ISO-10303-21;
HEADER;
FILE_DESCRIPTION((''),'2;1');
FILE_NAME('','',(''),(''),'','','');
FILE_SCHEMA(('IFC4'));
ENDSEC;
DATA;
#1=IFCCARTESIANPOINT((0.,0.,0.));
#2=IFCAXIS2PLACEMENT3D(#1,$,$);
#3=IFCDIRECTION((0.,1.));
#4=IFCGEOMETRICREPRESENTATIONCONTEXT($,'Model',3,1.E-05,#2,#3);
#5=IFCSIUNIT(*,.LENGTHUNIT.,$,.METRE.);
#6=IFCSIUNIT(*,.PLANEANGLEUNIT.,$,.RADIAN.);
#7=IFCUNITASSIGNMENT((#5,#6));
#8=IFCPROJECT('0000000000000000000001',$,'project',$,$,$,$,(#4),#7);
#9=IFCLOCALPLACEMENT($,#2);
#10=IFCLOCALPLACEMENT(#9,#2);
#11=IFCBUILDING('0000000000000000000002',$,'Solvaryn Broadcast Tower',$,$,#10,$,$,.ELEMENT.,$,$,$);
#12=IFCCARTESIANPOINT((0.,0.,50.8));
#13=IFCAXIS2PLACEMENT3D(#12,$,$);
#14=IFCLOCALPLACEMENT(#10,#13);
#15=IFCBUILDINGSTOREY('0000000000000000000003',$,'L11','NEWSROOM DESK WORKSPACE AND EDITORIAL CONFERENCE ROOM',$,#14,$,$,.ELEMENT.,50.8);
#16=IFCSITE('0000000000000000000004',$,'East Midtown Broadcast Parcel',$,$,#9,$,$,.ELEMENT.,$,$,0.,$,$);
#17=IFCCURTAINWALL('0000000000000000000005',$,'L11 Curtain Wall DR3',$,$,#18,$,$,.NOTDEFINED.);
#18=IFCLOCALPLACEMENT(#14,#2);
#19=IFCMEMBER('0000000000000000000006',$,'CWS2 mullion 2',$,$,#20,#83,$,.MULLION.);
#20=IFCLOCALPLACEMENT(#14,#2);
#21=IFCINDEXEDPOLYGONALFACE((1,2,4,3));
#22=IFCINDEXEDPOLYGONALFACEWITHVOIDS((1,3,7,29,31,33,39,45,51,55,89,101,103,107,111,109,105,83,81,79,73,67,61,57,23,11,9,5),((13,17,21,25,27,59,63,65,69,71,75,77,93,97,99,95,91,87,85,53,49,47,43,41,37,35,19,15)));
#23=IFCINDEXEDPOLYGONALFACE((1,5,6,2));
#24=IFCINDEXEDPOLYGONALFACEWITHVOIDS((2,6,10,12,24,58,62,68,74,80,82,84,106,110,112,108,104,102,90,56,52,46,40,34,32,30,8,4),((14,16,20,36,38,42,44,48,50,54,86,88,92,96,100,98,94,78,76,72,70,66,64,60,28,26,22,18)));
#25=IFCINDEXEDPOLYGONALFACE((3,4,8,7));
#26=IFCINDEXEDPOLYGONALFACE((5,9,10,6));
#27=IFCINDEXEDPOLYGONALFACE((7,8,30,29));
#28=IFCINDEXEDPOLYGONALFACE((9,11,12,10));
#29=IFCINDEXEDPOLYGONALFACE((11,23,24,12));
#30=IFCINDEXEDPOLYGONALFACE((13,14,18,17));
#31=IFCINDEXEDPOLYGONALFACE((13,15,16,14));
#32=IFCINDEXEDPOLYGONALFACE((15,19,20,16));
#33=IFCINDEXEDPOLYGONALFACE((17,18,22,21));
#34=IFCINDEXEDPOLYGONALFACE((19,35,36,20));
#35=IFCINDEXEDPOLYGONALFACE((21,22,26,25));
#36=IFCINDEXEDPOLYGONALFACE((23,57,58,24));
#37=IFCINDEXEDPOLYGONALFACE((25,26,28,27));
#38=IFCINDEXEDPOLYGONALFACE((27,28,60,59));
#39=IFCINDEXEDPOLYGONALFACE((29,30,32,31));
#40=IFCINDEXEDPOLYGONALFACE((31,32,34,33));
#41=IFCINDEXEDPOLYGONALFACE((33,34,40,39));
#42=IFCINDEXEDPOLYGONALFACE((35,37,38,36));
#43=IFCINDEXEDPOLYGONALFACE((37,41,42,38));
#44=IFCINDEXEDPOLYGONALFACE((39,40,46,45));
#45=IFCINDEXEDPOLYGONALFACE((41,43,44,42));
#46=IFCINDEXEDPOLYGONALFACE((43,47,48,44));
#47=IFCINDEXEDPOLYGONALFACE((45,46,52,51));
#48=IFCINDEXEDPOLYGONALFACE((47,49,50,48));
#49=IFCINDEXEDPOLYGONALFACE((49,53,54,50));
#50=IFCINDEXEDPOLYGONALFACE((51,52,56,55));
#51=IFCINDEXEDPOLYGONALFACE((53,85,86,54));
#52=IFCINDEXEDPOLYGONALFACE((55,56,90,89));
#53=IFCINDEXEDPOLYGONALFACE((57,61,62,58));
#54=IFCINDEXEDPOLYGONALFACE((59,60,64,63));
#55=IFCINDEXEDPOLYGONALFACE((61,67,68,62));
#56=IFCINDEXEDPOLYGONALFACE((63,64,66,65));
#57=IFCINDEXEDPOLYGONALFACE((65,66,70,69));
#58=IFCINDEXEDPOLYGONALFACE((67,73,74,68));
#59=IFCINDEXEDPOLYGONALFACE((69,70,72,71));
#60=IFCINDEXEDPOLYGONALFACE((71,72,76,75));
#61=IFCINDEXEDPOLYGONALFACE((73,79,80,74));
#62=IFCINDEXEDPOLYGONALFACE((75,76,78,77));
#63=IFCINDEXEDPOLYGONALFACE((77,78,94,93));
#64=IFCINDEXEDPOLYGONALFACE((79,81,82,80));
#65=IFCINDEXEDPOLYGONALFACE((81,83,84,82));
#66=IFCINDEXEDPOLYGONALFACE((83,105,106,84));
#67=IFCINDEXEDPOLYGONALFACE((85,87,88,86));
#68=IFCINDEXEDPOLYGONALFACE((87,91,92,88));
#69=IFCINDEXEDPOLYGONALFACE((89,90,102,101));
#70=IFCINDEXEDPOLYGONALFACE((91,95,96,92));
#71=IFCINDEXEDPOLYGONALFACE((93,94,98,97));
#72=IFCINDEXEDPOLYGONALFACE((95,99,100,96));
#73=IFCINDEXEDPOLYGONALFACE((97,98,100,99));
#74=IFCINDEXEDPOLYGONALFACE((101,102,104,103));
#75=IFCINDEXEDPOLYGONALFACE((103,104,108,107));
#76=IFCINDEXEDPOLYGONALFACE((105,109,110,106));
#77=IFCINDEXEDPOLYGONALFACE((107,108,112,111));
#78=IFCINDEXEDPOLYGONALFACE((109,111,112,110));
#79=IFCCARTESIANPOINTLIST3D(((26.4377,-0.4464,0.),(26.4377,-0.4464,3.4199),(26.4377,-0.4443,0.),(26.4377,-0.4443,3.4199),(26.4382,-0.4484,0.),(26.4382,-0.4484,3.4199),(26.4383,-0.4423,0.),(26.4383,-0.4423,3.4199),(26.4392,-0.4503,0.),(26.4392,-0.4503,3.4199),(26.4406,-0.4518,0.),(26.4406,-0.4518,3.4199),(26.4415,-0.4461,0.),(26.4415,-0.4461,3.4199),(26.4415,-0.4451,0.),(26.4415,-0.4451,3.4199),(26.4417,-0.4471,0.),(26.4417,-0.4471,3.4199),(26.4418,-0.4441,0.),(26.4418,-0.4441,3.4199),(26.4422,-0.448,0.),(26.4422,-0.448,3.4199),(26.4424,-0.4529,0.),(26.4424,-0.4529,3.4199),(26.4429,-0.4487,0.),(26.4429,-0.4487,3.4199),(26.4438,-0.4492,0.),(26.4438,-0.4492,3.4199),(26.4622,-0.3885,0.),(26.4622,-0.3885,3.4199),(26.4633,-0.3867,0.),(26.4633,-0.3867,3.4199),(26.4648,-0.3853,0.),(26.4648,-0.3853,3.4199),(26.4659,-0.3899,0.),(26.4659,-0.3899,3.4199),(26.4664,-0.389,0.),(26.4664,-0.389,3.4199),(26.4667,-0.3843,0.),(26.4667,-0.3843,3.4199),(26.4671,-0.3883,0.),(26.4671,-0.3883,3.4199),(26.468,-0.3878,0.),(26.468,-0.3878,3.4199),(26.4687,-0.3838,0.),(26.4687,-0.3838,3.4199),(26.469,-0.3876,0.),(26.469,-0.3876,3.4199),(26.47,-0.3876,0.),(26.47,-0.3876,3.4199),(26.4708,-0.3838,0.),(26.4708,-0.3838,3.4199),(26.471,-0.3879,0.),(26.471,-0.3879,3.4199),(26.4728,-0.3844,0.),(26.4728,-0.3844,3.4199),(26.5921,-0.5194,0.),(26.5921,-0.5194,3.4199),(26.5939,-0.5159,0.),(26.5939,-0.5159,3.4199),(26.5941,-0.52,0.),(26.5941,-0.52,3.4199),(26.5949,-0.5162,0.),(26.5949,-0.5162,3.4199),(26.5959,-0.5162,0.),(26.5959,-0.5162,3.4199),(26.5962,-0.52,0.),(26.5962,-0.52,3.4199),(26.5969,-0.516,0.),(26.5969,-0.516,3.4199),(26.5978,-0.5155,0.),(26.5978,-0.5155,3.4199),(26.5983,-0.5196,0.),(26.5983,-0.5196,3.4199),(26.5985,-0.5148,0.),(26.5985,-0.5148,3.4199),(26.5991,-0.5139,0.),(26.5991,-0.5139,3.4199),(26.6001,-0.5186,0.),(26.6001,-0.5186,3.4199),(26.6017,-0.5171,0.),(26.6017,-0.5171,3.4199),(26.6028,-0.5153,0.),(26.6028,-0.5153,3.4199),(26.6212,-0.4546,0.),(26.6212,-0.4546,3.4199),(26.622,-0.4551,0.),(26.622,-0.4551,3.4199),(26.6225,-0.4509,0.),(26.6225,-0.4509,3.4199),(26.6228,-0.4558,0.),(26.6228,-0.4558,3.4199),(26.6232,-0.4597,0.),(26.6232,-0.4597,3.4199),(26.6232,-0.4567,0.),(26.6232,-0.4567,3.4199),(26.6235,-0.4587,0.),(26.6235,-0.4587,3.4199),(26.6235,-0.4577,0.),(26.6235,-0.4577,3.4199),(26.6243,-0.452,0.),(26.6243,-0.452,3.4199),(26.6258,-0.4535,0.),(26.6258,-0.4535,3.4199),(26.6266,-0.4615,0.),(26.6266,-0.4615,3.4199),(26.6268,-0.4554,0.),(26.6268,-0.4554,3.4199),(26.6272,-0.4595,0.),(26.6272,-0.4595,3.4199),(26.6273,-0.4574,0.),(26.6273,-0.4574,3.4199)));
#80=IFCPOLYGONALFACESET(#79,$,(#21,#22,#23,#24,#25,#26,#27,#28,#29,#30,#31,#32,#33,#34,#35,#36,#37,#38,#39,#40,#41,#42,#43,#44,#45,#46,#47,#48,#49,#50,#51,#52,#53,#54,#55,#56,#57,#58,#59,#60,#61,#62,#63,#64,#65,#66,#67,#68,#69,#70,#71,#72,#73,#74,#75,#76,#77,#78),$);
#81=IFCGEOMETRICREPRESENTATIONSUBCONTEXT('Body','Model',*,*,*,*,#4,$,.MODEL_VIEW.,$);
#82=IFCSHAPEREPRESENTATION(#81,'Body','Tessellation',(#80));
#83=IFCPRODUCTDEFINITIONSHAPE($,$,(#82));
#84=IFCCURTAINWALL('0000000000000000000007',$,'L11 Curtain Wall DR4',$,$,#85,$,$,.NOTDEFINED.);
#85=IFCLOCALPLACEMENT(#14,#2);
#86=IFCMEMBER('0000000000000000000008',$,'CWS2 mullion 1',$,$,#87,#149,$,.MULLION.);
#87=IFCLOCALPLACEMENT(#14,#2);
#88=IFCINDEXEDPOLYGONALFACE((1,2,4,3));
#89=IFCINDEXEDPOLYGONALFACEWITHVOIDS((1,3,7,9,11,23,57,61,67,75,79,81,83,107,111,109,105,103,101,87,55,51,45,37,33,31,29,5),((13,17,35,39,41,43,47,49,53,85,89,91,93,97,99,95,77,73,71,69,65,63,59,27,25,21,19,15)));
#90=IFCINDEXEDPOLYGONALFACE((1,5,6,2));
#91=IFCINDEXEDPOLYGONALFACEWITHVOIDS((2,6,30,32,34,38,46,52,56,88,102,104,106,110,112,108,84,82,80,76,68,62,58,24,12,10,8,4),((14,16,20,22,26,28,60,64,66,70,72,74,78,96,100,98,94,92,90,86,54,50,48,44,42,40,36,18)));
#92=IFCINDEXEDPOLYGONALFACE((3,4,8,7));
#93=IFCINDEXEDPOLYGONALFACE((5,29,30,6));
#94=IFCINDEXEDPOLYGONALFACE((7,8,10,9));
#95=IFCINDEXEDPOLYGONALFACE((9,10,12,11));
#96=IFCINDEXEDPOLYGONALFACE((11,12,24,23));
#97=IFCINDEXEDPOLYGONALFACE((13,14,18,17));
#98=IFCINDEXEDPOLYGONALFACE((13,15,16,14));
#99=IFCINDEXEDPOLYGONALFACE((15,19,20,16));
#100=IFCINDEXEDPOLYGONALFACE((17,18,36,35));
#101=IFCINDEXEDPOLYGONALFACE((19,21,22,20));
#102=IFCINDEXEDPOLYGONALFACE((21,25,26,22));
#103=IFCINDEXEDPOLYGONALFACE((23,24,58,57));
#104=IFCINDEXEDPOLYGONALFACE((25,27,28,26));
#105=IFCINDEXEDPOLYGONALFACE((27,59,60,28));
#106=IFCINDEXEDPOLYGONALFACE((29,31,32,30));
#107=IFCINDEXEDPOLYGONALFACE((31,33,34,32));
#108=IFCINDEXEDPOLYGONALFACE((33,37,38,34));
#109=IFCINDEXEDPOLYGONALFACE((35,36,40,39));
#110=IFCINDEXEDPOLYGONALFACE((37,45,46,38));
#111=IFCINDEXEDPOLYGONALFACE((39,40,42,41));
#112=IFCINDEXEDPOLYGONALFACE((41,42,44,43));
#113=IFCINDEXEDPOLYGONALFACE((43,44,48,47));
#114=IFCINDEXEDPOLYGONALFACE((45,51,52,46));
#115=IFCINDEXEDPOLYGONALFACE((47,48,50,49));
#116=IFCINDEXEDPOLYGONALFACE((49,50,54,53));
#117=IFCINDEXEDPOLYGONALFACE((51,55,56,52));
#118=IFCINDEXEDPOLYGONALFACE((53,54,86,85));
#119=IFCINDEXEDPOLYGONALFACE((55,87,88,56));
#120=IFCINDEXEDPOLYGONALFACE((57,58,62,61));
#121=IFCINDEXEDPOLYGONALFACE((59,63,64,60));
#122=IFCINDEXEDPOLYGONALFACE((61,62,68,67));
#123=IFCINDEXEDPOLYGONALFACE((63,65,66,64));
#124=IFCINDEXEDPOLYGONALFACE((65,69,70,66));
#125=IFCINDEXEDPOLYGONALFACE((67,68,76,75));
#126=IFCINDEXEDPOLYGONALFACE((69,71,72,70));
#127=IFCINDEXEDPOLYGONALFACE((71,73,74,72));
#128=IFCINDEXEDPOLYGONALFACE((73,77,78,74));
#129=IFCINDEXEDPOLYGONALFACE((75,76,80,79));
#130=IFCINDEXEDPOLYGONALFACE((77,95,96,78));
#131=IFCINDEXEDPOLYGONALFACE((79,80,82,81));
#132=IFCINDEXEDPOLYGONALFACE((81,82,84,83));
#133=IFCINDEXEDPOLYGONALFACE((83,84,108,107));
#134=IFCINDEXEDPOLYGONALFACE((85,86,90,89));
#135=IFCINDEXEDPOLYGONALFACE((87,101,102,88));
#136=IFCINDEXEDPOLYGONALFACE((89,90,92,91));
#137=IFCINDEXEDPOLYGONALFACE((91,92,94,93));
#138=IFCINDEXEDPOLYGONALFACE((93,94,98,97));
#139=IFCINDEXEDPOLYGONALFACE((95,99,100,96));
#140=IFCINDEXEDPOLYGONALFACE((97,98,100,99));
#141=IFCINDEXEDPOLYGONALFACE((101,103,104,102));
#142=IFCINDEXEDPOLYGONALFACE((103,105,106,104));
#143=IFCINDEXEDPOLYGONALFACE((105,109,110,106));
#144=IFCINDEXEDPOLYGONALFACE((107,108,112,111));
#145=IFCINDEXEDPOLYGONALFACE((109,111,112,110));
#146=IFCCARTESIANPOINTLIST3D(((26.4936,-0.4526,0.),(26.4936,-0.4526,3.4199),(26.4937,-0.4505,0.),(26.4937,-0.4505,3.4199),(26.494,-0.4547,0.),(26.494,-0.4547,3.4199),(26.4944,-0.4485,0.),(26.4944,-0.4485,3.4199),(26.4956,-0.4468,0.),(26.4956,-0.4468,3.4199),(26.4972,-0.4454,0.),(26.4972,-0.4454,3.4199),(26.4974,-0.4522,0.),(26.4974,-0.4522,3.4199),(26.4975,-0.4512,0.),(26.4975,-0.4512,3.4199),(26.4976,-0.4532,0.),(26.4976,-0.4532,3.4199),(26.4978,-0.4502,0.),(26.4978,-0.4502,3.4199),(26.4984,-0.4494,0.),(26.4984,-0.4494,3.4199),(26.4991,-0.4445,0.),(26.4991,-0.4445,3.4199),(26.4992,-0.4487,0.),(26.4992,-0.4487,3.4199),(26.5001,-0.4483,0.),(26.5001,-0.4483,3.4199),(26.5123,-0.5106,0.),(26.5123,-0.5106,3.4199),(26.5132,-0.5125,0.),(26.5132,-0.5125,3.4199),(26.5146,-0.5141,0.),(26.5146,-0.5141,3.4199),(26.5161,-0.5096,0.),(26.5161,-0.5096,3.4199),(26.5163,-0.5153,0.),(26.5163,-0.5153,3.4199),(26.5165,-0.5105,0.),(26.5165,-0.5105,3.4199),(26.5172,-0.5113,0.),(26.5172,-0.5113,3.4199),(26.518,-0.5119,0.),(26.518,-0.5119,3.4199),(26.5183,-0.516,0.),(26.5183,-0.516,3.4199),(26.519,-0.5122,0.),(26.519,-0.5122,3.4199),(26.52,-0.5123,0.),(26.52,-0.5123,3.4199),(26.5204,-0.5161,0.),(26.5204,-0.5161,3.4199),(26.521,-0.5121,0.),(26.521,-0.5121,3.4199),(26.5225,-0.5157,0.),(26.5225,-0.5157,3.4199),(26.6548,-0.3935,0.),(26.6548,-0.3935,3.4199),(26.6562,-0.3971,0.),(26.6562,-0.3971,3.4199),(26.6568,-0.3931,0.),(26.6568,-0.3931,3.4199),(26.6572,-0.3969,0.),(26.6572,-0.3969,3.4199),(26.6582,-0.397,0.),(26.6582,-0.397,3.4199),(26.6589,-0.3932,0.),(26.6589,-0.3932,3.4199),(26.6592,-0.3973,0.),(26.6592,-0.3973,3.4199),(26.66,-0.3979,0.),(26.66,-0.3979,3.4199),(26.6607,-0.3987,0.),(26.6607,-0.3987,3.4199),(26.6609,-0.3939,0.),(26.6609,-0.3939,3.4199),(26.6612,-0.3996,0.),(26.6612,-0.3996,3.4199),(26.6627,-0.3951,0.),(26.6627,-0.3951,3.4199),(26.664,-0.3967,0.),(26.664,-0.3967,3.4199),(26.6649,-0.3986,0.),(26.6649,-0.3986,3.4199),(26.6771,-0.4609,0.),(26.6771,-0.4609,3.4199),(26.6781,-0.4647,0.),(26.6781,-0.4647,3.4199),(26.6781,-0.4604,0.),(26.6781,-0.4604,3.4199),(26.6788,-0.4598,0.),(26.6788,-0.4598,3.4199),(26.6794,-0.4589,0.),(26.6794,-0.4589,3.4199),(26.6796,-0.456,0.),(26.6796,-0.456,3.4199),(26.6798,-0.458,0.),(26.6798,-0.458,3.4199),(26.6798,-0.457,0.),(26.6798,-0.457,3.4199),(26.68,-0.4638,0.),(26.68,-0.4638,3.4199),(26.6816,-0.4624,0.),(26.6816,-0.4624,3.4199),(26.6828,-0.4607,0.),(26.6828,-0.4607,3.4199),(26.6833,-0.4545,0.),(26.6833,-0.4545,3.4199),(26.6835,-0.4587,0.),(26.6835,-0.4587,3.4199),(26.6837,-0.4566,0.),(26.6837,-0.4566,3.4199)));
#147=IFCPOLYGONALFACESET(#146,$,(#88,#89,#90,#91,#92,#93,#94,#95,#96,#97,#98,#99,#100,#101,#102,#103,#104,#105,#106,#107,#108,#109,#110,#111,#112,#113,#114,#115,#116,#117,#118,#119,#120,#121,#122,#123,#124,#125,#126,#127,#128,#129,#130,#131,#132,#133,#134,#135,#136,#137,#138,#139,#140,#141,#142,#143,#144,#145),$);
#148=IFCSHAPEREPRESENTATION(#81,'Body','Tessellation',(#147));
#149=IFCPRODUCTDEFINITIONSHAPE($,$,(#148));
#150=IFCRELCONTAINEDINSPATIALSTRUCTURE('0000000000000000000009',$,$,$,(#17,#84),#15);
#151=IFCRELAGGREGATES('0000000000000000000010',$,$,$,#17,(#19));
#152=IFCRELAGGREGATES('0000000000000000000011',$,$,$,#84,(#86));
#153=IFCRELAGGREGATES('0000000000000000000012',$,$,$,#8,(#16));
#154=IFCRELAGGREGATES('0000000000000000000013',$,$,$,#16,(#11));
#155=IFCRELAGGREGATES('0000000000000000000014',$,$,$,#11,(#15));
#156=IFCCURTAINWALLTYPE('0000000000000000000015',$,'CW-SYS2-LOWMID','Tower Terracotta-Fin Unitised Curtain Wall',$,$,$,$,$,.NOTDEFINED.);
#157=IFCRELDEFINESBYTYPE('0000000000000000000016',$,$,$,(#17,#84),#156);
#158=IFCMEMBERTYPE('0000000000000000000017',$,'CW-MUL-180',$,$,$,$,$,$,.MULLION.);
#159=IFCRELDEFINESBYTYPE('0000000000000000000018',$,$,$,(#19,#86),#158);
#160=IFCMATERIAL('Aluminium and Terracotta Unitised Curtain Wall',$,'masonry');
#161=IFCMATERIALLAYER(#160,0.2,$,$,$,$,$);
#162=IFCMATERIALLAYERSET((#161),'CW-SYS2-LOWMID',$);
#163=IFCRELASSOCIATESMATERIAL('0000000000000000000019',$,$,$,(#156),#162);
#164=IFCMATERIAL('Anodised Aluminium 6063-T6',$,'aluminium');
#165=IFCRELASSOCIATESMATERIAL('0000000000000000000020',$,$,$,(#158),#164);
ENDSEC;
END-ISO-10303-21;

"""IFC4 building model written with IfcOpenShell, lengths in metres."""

from ifc_helpers import new_model, si_unit, direction, frame, origin, origin_2d, place, context, subcontext, project, spatial, hollow_rectangle, extrude, material, layer, layer_set, material_profile, profile_set, type_object, element, aggregate, save


model = new_model("IFC4")

# Units and contexts
model_context = context("Model", 3, precision=1e-05, world=origin(), true_north=direction((0.0, 1.0)))
body_context = subcontext(model_context, "Body", "Model", "MODEL_VIEW")
ifc_project = project(units=[si_unit("LENGTHUNIT", "METRE"), si_unit("PLANEANGLEUNIT", "RADIAN")], contexts=[model_context])

# Site, building, storey
site_placement = place(None, origin())
site = spatial("IfcSite", under=ifc_project, at=site_placement, Name="East Midtown Broadcast Parcel", CompositionType="ELEMENT", RefElevation=0.0)
building_placement = place(site_placement, origin())
building = spatial("IfcBuilding", under=site, at=building_placement, Name="Solvaryn Broadcast Tower", CompositionType="ELEMENT")
storey_placement = place(building_placement, frame((0.0, 0.0, 50.8)))
storey = spatial("IfcBuildingStorey", under=building, at=storey_placement, Name="L11", Description="NEWSROOM DESK WORKSPACE AND EDITORIAL CONFERENCE ROOM", CompositionType="ELEMENT", Elevation=50.8)

# Curtain wall, member
ifc_material_1 = material(Name="Aluminium and Terracotta Unitised Curtain Wall", Category="masonry")
ifc_layer_1 = layer(ifc_material_1, 0.2)
ifc_layer_set_1 = layer_set([ifc_layer_1], Name="CW-SYS2-LOWMID")
curtain_wall_type = type_object("IfcCurtainWallType", Name="CW-SYS2-LOWMID", Description="Tower Terracotta-Fin Unitised Curtain Wall", PredefinedType="NOTDEFINED", material=ifc_layer_set_1)
curtain_wall_1_placement = place(storey_placement, origin())
curtain_wall_1 = element("IfcCurtainWall", 1, at=curtain_wall_1_placement, inside=storey, type_object=curtain_wall_type, Name="L11 Curtain Wall DR3", PredefinedType="NOTDEFINED")
ifc_material_2 = material(Name="Anodised Aluminium 6063-T6", Category="aluminium")
ifc_material_profile_1 = material_profile(ifc_material_2, hollow_rectangle(XDim=0.075, YDim=0.1799, WallThickness=0.0039, InnerFilletRadius=0.0039, OuterFilletRadius=0.0081, at=origin_2d()))
ifc_profile_set_1 = profile_set([ifc_material_profile_1], Name="Anodised Aluminium 6063-T6")
member_type_1 = type_object("IfcMemberType", Name="CW-MUL-180", PredefinedType="MULLION", material=ifc_profile_set_1)
member_1_placement = place(storey_placement, frame((26.5325, -0.4519, 0.0), z_axis=(0.0, 0.0, 1.0), x_axis=(0.405898, 0.913918, 0.0)))
member_1 = element("IfcMember", 2, at=member_1_placement, type_object=member_type_1, Name="CWS2 mullion 2", PredefinedType="MULLION", context=body_context, shape_type="SweptSolid", body=[
    extrude(hollow_rectangle(XDim=0.075, YDim=0.1799, WallThickness=0.0039, InnerFilletRadius=0.0039, OuterFilletRadius=0.0081, at=origin_2d()), origin(), (0.0, 0.0, 1.0), 3.4199),
])
aggregate(curtain_wall_1, [member_1])

# Curtain wall, member
curtain_wall_2_placement = place(storey_placement, origin())
curtain_wall_2 = element("IfcCurtainWall", 3, at=curtain_wall_2_placement, inside=storey, type_object=curtain_wall_type, Name="L11 Curtain Wall DR4", PredefinedType="NOTDEFINED")
member_2_placement = place(storey_placement, frame((26.5886, -0.4546, 0.0), z_axis=(0.0, 0.0, 1.0), x_axis=(-0.311594, 0.950215, 0.0)))
member_2 = element("IfcMember", 4, at=member_2_placement, type_object=member_type_1, Name="CWS2 mullion 1", PredefinedType="MULLION", context=body_context, shape_type="SweptSolid", body=[
    extrude(hollow_rectangle(XDim=0.075, YDim=0.1799, WallThickness=0.0039, InnerFilletRadius=0.0039, OuterFilletRadius=0.0081, at=origin_2d()), origin(), (0.0, 0.0, 1.0), 3.4199),
])
aggregate(curtain_wall_2, [member_2])

save(model, "model.ifc")
